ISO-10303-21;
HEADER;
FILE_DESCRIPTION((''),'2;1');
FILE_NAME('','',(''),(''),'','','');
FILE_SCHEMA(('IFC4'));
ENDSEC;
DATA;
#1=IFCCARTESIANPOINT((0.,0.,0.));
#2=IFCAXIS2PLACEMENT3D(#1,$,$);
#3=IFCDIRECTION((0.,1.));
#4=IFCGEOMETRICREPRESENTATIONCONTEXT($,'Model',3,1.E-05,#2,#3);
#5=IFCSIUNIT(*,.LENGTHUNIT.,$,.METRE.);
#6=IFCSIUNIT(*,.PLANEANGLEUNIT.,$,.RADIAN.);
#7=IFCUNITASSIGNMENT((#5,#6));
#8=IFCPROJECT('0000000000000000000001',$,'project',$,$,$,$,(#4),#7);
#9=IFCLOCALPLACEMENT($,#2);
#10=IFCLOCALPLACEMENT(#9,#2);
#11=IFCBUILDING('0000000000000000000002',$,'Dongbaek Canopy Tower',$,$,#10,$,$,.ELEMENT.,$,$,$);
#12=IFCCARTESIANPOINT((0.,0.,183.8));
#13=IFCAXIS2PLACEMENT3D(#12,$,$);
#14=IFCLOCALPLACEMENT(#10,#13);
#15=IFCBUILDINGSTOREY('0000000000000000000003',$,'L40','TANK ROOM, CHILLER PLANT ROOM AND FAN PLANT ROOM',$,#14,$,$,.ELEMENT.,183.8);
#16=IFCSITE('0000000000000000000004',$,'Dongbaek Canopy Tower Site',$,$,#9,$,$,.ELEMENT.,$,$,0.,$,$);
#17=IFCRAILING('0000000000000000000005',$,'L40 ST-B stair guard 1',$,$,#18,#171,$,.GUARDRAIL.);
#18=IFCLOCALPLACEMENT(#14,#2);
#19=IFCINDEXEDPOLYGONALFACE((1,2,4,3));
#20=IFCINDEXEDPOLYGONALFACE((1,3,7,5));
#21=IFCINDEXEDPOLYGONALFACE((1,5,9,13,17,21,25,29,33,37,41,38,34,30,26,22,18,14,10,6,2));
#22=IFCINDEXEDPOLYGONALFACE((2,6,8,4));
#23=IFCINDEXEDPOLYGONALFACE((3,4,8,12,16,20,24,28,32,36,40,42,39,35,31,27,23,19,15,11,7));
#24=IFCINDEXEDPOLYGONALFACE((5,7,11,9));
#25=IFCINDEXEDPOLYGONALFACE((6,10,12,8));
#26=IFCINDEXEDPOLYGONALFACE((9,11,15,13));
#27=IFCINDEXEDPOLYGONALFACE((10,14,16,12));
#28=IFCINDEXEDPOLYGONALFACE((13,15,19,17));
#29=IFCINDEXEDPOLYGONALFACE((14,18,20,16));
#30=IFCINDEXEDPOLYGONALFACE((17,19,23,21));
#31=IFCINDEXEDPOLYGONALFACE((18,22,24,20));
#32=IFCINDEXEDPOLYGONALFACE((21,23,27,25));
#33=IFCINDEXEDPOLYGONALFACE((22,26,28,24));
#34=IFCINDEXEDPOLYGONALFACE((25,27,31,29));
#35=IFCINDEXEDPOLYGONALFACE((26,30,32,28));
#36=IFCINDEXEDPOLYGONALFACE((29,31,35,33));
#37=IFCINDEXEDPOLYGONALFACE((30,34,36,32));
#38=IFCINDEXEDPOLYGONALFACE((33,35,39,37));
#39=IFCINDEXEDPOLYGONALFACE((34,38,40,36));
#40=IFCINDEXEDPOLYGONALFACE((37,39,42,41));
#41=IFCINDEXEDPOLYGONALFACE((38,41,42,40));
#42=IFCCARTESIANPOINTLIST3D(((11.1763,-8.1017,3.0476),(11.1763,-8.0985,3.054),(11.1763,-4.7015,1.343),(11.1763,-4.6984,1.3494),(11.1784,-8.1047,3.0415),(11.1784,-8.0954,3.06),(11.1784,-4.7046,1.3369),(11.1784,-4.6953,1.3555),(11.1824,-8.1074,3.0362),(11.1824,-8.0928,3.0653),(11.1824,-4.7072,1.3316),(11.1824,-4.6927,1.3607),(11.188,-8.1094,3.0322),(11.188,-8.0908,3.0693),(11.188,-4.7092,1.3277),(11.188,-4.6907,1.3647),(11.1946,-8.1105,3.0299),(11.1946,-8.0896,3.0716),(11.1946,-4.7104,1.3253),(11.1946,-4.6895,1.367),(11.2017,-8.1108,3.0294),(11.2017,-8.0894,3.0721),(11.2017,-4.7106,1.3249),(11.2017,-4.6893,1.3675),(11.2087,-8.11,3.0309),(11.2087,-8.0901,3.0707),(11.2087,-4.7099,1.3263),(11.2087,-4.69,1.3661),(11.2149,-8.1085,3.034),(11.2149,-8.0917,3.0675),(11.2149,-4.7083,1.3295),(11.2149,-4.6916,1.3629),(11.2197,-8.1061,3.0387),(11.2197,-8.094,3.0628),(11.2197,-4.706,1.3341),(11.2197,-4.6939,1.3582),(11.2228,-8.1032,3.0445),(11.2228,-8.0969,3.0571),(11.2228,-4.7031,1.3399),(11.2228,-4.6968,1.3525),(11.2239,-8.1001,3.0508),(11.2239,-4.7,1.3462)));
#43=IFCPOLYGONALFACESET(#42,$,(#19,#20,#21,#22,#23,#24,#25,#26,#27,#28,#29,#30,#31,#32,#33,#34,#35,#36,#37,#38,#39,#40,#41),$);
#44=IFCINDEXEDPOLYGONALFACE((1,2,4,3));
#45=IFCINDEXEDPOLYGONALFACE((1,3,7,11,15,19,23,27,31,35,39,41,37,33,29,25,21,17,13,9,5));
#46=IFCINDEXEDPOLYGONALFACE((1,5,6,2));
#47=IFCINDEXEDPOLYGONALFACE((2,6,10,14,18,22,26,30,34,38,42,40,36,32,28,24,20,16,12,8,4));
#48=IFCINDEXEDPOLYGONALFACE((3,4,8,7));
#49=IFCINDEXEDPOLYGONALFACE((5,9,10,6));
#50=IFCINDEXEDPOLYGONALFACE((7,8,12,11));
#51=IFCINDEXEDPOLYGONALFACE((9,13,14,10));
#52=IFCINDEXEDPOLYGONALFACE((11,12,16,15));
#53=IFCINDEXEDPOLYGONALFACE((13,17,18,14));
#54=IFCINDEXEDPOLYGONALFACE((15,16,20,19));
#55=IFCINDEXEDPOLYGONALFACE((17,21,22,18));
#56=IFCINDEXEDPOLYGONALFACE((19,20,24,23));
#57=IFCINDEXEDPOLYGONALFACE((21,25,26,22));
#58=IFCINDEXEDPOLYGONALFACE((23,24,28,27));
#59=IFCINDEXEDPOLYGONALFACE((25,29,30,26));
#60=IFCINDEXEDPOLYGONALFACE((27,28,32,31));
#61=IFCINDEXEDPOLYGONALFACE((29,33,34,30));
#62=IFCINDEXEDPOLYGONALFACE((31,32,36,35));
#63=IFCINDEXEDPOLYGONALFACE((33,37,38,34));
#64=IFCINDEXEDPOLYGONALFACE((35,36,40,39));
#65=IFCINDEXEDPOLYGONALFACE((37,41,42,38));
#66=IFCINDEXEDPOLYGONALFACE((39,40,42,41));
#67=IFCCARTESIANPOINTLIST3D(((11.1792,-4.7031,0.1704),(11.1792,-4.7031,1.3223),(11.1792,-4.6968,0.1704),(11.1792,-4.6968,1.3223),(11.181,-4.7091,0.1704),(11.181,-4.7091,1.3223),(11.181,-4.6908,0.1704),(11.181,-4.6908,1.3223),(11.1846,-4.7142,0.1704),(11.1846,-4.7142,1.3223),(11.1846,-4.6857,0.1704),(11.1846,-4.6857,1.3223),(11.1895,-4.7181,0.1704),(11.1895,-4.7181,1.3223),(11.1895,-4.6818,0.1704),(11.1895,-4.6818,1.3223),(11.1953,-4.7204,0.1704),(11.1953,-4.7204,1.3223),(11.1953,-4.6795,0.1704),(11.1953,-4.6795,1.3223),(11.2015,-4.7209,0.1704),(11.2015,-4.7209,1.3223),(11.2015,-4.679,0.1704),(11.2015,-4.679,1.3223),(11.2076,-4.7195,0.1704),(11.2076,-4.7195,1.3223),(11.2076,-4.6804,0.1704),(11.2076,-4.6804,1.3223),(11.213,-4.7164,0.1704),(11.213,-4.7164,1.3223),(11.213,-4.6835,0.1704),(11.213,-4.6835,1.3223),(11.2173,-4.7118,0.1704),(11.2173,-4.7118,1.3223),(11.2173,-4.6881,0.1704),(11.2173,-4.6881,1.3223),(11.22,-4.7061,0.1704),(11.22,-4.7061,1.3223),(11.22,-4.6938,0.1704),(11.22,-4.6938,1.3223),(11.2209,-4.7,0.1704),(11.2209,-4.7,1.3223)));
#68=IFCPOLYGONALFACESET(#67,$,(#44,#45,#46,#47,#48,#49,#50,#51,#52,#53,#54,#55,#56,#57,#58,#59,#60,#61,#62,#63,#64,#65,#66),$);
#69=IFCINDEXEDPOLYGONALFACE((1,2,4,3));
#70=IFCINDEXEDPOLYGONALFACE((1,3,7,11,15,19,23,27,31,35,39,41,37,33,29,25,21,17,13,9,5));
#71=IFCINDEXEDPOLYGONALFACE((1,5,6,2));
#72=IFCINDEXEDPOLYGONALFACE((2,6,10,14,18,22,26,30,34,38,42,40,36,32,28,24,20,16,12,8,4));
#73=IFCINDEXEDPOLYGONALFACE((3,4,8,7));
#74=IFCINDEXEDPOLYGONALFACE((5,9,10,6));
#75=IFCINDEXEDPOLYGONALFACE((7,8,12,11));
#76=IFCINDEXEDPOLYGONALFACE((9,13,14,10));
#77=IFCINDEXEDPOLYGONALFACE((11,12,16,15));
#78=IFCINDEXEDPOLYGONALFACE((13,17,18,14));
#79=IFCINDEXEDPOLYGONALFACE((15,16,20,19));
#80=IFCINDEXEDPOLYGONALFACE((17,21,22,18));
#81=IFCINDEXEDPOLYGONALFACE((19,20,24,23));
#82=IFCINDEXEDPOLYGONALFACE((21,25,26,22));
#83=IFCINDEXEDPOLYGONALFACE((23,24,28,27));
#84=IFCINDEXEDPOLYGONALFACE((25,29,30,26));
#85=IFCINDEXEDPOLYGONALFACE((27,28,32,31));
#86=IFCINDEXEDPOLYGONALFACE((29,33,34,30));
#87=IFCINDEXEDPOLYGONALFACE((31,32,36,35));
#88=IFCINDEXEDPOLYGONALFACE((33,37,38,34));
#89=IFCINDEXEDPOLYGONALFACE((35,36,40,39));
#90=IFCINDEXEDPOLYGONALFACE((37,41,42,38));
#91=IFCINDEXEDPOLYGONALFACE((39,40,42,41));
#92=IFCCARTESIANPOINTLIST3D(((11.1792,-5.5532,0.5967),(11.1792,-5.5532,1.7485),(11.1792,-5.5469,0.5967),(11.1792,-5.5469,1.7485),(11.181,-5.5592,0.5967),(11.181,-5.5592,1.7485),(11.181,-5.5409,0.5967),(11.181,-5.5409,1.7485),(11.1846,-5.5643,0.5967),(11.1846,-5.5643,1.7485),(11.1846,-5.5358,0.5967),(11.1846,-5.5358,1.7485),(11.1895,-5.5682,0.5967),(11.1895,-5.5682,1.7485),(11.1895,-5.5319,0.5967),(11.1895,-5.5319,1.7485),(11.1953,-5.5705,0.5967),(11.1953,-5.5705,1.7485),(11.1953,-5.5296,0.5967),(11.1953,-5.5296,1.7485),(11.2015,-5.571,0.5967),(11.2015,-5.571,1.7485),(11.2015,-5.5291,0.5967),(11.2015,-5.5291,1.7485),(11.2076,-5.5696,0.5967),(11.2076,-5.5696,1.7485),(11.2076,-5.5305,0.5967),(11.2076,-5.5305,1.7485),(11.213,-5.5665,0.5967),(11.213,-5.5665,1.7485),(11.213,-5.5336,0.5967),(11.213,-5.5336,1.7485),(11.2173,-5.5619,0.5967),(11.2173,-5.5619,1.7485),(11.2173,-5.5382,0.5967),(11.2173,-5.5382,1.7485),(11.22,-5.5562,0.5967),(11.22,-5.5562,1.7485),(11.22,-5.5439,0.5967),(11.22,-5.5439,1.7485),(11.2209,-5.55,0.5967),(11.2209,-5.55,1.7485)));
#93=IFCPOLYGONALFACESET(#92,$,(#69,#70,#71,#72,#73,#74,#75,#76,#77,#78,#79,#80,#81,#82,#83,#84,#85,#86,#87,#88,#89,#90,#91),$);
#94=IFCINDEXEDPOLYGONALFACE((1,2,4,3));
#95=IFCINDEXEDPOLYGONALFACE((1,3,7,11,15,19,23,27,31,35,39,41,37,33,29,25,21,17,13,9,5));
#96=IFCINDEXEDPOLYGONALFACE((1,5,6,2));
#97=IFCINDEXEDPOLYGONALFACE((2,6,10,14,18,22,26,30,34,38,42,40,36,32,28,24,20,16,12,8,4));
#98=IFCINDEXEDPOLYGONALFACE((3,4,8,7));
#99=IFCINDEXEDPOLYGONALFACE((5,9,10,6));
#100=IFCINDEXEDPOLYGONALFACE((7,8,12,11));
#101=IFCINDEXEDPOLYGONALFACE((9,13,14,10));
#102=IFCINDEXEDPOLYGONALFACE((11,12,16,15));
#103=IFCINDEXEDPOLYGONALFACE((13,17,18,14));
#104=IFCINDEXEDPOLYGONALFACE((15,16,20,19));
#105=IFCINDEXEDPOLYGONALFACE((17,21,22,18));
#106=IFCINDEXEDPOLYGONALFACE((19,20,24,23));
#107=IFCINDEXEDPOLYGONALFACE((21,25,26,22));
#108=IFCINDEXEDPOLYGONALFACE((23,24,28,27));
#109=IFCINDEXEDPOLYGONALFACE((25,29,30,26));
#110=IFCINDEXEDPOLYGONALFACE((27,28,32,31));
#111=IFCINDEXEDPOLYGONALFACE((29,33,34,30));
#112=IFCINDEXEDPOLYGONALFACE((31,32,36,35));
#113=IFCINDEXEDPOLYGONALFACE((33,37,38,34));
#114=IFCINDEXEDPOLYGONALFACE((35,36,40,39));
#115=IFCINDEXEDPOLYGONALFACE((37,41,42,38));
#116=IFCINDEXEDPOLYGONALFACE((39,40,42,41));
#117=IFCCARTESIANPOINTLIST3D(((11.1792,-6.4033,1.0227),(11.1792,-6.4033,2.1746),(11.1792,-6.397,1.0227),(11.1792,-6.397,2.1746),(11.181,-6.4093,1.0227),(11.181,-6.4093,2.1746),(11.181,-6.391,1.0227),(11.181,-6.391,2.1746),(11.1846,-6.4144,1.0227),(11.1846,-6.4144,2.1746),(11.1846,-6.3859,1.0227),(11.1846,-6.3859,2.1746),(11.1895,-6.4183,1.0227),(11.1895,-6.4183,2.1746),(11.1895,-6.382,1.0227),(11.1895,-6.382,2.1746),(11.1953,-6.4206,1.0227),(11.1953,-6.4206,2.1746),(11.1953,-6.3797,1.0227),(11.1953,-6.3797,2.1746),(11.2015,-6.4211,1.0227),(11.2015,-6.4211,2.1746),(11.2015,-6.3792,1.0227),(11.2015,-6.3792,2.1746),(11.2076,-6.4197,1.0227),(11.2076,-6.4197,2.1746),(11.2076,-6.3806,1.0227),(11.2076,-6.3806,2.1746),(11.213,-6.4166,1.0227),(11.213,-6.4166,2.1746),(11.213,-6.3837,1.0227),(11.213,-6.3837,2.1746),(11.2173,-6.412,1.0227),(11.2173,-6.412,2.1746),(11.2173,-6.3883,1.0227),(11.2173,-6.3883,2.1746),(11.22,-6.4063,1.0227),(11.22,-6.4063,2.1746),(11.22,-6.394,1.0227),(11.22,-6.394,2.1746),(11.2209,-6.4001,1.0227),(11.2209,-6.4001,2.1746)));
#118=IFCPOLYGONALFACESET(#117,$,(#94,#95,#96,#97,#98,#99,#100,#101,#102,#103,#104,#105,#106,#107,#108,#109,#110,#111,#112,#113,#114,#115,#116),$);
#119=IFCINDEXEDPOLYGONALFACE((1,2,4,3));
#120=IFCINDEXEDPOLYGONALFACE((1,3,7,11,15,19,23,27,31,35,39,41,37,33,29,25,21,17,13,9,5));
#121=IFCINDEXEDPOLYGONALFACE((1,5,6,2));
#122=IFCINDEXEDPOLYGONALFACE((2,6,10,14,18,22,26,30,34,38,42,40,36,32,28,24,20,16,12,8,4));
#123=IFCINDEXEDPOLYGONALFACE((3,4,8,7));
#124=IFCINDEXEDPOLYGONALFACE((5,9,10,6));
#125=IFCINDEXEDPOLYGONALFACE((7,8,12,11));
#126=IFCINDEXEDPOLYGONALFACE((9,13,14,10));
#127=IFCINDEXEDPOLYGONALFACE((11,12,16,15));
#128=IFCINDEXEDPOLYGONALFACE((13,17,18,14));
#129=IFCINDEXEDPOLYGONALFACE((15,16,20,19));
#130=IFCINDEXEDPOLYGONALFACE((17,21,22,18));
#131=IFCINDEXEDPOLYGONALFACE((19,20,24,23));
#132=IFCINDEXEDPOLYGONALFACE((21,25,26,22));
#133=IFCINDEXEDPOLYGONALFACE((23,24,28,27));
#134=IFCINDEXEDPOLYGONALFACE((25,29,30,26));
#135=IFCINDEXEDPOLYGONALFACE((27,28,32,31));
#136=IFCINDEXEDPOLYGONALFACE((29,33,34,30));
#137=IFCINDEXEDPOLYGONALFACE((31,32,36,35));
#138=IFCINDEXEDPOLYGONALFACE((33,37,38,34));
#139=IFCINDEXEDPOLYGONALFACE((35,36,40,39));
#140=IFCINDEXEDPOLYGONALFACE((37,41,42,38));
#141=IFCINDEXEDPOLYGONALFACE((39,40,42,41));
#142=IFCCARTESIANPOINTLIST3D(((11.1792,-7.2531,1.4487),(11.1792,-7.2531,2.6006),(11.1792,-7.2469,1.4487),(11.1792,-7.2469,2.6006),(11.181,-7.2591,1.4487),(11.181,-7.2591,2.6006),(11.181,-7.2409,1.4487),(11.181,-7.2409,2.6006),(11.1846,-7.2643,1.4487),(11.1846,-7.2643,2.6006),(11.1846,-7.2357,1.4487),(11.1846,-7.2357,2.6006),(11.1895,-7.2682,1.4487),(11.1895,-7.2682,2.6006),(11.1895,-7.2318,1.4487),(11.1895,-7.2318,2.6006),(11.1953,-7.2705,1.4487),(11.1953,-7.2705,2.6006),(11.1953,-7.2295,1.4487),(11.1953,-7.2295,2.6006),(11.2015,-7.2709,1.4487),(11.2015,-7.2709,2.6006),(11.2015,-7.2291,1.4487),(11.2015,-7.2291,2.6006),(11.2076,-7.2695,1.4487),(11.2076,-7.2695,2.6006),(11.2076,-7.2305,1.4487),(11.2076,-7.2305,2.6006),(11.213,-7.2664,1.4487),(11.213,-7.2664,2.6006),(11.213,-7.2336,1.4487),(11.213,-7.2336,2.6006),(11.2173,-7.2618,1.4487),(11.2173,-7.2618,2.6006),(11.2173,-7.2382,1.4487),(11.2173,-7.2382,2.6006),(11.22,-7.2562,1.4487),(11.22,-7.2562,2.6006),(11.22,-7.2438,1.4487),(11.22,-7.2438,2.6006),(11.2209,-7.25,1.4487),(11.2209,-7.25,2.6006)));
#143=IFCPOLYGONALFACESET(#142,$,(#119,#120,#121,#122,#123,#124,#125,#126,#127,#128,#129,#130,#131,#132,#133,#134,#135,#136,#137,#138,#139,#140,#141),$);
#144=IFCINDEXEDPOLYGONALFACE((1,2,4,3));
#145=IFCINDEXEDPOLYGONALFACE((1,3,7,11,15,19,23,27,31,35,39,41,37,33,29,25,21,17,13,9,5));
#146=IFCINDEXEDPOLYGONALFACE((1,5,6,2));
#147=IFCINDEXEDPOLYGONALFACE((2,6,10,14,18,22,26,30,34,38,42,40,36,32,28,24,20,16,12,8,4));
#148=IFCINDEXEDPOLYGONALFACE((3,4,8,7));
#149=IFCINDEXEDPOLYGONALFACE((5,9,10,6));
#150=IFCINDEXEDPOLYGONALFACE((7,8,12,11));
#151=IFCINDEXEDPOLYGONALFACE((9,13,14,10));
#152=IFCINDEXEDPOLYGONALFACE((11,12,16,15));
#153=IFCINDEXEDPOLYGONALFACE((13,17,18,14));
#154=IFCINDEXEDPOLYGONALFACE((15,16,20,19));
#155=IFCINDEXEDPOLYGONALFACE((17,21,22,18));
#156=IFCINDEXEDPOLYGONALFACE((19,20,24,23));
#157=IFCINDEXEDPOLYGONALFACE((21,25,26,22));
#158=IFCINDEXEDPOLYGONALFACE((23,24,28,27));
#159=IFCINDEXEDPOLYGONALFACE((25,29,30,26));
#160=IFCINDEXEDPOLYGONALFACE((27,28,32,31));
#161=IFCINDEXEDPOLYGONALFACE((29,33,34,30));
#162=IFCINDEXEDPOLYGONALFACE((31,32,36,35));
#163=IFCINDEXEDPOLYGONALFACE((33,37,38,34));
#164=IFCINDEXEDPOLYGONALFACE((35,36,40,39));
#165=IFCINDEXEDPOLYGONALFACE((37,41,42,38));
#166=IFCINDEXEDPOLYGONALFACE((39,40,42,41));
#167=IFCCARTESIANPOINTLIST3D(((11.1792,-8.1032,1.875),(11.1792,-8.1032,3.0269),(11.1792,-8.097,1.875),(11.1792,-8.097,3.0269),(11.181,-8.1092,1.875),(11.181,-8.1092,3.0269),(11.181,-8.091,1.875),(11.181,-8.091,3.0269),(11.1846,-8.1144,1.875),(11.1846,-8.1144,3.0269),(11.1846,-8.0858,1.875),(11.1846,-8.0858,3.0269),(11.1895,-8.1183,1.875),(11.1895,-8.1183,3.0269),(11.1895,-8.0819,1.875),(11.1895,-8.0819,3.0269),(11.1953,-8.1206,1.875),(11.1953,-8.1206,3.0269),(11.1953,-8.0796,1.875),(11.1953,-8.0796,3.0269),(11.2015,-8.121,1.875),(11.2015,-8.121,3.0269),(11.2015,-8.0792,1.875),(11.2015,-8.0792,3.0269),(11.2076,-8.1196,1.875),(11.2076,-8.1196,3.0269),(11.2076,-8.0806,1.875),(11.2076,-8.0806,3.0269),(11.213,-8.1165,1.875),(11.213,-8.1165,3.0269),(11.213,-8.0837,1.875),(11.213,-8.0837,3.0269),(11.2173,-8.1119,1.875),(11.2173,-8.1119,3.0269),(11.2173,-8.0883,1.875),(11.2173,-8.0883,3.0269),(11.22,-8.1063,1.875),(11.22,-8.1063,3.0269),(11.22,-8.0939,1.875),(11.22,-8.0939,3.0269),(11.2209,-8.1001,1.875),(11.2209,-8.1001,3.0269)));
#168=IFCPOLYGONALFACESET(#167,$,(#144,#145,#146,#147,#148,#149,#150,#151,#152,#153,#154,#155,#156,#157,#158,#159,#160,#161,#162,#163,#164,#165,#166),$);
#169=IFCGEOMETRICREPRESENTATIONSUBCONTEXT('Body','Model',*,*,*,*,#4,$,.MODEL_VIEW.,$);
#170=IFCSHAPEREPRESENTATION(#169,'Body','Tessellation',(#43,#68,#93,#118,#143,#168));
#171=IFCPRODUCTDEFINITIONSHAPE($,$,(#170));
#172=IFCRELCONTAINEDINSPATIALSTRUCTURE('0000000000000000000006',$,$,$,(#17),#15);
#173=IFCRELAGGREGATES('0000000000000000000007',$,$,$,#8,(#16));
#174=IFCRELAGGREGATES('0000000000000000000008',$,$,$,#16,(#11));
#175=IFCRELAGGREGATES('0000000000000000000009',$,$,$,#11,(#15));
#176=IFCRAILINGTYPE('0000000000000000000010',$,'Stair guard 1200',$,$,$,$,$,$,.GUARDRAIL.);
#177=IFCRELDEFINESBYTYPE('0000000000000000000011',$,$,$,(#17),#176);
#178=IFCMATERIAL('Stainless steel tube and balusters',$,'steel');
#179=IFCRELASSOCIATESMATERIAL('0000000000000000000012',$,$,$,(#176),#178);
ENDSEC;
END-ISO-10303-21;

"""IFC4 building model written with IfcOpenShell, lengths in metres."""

from ifc_helpers import new_model, si_unit, direction, frame, origin, origin_2d, place, context, subcontext, project, spatial, circle, extrude, material, type_object, element, save


model = new_model("IFC4")

# Units and contexts
model_context = context("Model", 3, precision=1e-05, world=origin(), true_north=direction((0.0, 1.0)))
body_context = subcontext(model_context, "Body", "Model", "MODEL_VIEW")
ifc_project = project(units=[si_unit("LENGTHUNIT", "METRE"), si_unit("PLANEANGLEUNIT", "RADIAN")], contexts=[model_context])

# Site, building, storey
site_placement = place(None, origin())
site = spatial("IfcSite", under=ifc_project, at=site_placement, Name="Dongbaek Canopy Tower Site", CompositionType="ELEMENT", RefElevation=0.0)
building_placement = place(site_placement, origin())
building = spatial("IfcBuilding", under=site, at=building_placement, Name="Dongbaek Canopy Tower", CompositionType="ELEMENT")
storey_placement = place(building_placement, frame((0.0, 0.0, 183.8)))
storey = spatial("IfcBuildingStorey", under=building, at=storey_placement, Name="L40", Description="TANK ROOM, CHILLER PLANT ROOM AND FAN PLANT ROOM", CompositionType="ELEMENT", Elevation=183.8)

# Railing
ifc_material_1 = material(Name="Stainless steel tube and balusters", Category="steel")
railing_type_1 = type_object("IfcRailingType", Name="Stair guard 1200", PredefinedType="GUARDRAIL", material=ifc_material_1)
railing_1_placement = place(storey_placement, frame((11.2, -4.7, 0.1704)))
element("IfcRailing", 1, at=railing_1_placement, inside=storey, type_object=railing_type_1, Name="L40 ST-B stair guard 1", PredefinedType="GUARDRAIL", context=body_context, shape_type="SweptSolid", body=[
    extrude(circle(Radius=0.0239, at=origin_2d()), frame((0.0, 0.0, 1.1758), z_axis=(0.0, -0.893952, 0.448163), x_axis=(1.0, 0.0, 0.0)), (0.0, 0.0, 1.0), 3.8035),
    extrude(circle(Radius=0.021, at=origin_2d()), origin(), (0.0, 0.0, 1.0), 1.1519),
    extrude(circle(Radius=0.021, at=origin_2d()), frame((0.0, -0.8501, 0.4263)), (0.0, 0.0, 1.0), 1.1519),
    extrude(circle(Radius=0.021, at=origin_2d()), frame((0.0, -1.7002, 0.8523)), (0.0, 0.0, 1.0), 1.1519),
    extrude(circle(Radius=0.021, at=origin_2d()), frame((0.0, -2.55, 1.2783)), (0.0, 0.0, 1.0), 1.1519),
    extrude(circle(Radius=0.021, at=origin_2d()), frame((0.0, -3.4001, 1.7046)), (0.0, 0.0, 1.0), 1.1519),
])

save(model, "model.ifc")
